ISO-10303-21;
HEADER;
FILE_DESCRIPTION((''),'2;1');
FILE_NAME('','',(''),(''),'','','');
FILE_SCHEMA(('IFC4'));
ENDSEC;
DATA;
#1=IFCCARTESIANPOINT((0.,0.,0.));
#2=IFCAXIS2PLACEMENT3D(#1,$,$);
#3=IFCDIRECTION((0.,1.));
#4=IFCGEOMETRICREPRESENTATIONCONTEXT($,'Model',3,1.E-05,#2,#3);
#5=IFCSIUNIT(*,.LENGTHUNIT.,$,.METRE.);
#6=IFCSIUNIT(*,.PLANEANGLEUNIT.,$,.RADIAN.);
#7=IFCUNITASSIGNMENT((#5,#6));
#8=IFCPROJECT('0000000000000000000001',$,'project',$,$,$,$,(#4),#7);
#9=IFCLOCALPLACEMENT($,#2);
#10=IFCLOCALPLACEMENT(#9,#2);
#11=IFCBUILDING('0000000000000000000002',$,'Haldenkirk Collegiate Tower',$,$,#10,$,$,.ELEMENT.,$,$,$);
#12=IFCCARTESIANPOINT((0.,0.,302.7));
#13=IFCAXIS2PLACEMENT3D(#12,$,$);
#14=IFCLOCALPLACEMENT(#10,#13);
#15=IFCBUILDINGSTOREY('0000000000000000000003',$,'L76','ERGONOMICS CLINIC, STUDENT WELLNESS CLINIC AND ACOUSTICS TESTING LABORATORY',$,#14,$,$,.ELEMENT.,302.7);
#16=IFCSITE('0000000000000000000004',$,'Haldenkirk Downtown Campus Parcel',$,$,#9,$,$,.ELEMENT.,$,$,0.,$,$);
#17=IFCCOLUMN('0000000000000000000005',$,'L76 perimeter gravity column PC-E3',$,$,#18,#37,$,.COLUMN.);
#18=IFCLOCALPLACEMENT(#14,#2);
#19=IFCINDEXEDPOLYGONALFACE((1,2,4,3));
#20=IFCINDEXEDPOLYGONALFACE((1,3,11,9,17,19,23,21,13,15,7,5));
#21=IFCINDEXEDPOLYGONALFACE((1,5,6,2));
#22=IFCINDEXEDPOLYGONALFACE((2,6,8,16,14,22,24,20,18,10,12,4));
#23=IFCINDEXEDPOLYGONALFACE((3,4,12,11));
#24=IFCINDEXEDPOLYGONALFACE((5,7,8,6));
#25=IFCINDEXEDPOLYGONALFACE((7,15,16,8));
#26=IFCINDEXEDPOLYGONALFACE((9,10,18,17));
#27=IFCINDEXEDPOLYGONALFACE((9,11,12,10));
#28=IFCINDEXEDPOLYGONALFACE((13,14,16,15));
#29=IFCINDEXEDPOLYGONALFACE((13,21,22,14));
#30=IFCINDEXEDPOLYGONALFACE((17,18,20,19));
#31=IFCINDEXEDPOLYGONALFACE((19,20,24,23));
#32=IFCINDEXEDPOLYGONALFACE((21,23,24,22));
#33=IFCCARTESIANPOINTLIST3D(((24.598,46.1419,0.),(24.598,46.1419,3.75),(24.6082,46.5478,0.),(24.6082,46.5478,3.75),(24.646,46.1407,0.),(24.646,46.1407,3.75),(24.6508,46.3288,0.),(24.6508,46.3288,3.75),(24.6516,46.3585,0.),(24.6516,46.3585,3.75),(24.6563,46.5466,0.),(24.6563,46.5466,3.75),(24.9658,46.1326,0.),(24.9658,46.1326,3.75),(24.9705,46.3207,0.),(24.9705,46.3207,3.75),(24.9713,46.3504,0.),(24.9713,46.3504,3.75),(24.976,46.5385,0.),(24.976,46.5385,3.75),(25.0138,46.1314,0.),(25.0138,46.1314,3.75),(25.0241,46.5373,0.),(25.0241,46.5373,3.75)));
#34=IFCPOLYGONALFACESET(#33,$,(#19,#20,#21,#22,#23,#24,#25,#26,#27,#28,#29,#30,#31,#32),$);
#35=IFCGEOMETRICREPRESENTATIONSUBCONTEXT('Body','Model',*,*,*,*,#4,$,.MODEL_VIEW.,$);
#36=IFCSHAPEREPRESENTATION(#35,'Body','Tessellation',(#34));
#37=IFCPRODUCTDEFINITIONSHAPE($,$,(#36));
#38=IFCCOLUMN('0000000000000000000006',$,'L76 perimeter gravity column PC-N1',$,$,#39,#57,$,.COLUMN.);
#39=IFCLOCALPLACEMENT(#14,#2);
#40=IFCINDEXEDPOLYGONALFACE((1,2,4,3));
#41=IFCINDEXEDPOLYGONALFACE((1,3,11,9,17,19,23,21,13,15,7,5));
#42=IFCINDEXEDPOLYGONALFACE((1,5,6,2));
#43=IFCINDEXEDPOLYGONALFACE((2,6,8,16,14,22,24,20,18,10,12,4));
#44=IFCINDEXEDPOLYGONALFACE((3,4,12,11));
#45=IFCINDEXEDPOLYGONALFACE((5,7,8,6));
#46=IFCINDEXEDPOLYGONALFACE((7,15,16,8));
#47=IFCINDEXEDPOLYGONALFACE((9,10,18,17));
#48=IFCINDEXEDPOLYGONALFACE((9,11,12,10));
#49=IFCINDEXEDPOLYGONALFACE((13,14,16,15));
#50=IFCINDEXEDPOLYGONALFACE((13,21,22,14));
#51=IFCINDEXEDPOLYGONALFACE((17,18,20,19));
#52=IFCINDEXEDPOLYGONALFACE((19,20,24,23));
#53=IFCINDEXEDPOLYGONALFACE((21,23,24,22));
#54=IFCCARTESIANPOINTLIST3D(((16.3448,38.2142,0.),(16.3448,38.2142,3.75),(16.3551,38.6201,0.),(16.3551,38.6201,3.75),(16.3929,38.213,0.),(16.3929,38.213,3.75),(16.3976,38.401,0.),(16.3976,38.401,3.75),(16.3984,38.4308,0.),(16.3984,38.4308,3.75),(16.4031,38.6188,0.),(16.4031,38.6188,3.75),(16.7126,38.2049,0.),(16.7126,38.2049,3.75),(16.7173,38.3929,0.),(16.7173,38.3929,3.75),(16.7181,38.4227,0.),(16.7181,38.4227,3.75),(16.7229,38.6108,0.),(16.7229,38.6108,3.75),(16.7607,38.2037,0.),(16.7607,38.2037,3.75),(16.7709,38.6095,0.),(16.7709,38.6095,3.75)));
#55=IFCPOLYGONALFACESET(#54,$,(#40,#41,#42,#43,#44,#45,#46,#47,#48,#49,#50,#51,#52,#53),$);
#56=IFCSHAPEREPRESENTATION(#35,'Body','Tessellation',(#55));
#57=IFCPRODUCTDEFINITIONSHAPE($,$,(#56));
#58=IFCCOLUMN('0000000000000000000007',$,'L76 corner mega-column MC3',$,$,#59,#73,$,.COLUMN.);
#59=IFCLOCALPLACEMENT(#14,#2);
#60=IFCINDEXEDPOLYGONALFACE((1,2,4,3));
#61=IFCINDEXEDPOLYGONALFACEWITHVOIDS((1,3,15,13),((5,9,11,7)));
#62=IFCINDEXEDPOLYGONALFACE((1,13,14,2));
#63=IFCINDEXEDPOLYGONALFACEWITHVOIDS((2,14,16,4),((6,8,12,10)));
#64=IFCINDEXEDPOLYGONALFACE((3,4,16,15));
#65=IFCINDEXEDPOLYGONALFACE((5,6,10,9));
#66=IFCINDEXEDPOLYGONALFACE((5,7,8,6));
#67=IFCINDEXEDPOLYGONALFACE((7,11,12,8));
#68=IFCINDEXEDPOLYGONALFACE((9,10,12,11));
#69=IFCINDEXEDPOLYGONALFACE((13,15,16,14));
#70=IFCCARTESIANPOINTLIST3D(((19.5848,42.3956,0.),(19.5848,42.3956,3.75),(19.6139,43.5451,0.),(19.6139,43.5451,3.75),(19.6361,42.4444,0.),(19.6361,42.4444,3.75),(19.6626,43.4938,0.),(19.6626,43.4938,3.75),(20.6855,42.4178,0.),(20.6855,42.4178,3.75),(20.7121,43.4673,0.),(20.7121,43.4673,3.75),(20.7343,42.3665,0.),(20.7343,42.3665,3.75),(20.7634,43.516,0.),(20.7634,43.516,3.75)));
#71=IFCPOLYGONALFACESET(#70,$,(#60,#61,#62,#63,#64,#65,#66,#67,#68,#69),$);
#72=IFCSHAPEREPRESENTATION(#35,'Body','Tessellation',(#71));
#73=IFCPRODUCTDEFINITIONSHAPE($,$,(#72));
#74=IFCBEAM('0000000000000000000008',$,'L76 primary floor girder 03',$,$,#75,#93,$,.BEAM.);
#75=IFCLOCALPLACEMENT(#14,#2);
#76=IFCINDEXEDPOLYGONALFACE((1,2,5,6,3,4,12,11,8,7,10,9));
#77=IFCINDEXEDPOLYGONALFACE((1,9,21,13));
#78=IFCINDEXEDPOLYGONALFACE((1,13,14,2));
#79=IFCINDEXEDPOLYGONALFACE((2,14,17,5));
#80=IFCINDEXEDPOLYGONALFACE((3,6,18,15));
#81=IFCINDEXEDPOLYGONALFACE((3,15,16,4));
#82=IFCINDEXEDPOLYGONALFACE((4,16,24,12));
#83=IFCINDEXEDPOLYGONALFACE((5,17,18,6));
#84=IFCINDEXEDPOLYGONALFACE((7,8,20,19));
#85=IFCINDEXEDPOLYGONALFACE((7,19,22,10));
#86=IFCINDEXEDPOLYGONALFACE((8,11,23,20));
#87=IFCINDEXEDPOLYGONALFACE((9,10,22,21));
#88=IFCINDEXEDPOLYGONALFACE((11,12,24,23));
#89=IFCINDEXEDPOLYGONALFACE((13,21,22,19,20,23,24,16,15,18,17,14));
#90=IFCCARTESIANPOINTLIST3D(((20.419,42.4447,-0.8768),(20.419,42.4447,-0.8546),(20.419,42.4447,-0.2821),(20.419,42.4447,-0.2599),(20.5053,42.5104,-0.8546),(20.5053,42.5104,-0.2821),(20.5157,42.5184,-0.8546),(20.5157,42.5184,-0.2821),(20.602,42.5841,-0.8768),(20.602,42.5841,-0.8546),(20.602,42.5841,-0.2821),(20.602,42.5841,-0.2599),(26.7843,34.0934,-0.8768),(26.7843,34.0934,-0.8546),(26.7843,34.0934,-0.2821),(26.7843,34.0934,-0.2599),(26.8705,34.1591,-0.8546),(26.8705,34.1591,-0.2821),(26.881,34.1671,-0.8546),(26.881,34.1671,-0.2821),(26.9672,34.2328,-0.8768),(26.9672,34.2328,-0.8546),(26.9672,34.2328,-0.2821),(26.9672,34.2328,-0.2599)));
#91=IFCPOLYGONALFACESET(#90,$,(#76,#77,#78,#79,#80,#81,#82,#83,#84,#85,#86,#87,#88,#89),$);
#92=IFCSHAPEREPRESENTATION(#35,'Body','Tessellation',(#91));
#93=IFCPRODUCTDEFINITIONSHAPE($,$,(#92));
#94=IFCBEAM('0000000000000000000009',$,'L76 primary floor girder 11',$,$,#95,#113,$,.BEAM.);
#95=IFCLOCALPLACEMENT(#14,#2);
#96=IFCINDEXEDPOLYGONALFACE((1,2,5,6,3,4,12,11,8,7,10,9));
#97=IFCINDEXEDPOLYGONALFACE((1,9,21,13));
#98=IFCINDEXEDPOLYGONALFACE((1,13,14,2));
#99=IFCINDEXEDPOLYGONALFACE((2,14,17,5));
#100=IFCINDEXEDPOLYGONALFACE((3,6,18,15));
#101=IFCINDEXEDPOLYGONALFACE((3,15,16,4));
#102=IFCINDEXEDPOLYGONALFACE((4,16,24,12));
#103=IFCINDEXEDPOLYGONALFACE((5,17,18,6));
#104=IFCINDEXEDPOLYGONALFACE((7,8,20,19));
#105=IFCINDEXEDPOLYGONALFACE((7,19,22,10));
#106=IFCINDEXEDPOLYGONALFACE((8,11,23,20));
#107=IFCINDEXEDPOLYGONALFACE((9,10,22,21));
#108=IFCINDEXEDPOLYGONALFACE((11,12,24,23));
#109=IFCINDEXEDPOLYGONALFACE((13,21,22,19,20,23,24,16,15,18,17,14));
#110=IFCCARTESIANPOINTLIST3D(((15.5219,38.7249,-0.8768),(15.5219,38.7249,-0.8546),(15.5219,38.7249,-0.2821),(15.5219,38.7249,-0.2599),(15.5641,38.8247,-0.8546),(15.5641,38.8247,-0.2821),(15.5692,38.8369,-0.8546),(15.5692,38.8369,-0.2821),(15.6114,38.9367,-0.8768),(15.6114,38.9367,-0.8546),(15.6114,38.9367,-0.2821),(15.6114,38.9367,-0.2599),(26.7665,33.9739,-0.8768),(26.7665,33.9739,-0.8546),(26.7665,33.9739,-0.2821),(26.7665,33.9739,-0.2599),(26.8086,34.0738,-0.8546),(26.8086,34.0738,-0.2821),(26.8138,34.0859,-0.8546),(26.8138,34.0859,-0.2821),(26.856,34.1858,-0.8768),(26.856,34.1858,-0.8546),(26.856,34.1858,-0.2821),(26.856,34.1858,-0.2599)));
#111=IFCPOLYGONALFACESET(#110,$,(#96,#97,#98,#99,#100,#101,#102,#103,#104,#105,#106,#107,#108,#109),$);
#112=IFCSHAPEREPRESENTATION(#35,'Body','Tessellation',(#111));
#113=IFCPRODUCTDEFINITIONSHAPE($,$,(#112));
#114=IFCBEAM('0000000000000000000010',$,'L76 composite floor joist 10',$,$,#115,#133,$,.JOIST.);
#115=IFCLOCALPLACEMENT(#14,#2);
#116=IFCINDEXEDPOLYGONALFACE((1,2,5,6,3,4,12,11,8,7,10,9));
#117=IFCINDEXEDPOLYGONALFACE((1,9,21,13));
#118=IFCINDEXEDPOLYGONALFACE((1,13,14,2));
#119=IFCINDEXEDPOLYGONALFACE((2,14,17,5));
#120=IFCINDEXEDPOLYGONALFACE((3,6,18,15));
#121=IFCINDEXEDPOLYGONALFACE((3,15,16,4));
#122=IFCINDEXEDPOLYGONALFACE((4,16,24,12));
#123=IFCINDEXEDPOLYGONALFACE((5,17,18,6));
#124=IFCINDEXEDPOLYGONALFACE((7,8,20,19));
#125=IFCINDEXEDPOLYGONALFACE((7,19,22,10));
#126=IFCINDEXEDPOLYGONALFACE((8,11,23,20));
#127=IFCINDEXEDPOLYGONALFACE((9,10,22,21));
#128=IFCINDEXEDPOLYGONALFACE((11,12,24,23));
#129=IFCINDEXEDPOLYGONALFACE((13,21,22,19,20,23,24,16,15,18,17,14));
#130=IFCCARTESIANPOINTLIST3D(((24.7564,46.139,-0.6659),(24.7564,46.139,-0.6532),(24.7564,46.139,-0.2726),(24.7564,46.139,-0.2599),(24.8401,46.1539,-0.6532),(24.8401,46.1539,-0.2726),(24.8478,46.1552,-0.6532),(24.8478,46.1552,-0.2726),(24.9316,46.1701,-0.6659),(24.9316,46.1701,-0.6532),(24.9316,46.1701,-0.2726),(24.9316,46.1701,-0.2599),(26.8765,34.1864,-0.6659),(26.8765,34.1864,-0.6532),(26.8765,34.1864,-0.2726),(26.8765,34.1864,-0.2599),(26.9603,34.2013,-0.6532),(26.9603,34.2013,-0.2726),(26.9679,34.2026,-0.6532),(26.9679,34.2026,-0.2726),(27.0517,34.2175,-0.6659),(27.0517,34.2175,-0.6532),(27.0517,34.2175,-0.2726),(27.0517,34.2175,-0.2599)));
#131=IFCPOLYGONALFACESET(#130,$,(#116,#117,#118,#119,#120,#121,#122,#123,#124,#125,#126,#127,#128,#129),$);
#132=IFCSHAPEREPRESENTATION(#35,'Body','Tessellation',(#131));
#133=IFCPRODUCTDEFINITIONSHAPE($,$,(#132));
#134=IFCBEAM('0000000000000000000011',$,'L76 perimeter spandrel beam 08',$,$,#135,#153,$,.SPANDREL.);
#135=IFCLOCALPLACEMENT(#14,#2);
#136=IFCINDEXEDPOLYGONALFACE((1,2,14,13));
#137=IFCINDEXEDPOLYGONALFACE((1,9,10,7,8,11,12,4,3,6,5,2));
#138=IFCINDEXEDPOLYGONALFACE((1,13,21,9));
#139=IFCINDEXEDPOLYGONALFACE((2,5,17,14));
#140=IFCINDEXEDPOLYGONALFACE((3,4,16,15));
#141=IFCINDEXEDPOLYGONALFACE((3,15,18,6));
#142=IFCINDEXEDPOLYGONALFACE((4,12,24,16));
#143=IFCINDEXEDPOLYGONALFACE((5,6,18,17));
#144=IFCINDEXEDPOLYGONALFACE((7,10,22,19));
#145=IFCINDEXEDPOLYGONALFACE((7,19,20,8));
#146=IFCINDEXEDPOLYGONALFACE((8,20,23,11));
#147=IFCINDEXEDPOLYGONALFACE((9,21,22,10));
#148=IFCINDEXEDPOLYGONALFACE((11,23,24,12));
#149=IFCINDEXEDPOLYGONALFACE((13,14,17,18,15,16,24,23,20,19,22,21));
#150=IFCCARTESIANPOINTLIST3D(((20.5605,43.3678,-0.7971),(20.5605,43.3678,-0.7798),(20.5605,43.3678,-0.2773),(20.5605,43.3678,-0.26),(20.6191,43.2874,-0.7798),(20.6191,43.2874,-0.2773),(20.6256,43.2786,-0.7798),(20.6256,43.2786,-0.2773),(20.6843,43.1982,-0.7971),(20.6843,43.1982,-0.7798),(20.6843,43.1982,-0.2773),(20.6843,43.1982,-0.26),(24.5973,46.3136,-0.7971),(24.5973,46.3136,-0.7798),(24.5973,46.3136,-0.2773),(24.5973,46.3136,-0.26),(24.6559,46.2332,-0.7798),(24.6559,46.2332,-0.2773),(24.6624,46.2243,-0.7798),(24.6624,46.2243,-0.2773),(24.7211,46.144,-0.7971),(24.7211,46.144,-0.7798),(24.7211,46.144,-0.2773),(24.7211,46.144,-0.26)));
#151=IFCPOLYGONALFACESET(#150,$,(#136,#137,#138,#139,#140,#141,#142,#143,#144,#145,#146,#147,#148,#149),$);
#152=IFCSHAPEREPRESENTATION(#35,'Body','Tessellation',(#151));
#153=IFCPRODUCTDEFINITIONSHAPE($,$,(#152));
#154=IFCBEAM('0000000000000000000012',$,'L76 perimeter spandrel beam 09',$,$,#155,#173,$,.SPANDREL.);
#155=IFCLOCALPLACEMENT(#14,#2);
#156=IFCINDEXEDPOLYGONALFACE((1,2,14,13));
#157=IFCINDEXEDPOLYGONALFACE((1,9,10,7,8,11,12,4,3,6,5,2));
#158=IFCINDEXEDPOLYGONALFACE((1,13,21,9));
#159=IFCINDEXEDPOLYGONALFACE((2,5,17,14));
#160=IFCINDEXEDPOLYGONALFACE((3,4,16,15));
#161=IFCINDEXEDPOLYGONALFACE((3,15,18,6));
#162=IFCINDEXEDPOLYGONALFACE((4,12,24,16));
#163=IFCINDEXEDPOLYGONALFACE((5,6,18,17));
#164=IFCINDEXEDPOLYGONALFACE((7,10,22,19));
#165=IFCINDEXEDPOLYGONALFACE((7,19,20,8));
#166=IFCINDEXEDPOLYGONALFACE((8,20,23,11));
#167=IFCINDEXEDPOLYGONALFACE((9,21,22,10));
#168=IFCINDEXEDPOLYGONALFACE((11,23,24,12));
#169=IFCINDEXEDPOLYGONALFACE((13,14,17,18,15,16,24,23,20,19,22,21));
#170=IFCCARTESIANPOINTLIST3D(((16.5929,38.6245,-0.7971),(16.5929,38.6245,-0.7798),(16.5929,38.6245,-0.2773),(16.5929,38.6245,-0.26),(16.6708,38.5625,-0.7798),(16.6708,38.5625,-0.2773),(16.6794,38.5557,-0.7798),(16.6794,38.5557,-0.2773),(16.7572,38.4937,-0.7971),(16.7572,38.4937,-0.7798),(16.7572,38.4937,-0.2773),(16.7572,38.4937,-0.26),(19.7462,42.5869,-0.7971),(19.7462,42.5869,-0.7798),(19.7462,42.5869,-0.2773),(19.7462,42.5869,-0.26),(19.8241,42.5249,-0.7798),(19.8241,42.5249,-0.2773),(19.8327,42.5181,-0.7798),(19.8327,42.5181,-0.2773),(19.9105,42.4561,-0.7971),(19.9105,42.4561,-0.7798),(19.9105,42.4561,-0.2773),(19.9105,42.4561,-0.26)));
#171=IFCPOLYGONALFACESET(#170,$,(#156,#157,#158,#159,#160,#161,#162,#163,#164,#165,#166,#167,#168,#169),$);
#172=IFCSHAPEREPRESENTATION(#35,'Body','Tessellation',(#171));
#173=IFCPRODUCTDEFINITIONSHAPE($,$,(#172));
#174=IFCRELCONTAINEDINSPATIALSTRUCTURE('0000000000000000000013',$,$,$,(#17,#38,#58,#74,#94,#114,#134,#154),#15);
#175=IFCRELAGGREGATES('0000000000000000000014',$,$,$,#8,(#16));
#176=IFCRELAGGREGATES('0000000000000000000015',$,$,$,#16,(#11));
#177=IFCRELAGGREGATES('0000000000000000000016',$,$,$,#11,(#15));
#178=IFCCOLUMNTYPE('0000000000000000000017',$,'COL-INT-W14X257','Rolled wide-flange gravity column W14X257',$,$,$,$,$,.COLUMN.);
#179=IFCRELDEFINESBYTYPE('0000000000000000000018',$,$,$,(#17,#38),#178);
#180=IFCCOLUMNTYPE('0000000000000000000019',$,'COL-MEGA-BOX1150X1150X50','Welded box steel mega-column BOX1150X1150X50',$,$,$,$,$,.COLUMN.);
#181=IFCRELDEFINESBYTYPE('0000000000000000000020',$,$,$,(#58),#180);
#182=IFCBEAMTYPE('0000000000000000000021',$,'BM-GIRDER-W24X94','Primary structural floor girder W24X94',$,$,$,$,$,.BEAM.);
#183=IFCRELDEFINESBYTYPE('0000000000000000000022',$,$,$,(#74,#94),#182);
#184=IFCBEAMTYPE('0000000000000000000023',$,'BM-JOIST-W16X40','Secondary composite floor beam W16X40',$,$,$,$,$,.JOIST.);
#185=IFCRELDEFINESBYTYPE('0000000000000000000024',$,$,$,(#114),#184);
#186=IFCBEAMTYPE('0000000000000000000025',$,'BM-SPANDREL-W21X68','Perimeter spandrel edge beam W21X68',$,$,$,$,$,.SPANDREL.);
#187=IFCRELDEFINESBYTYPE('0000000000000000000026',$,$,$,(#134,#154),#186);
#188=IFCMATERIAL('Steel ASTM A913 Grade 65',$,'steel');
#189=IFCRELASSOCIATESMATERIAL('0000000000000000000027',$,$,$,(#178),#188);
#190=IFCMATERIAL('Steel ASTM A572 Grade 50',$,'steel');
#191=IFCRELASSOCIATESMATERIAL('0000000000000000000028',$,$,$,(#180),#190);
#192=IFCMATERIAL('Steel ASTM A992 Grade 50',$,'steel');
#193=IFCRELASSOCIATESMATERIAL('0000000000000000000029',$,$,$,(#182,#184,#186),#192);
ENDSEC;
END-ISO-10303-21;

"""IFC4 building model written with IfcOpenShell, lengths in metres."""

from ifc_helpers import new_model, si_unit, direction, frame, origin, origin_2d, place, context, subcontext, project, spatial, hollow_rectangle, i_section, extrude, material, material_profile, profile_set, type_object, element, save


model = new_model("IFC4")

# Units and contexts
model_context = context("Model", 3, precision=1e-05, world=origin(), true_north=direction((0.0, 1.0)))
body_context = subcontext(model_context, "Body", "Model", "MODEL_VIEW")
ifc_project = project(units=[si_unit("LENGTHUNIT", "METRE"), si_unit("PLANEANGLEUNIT", "RADIAN")], contexts=[model_context])

# Site, building, storey
site_placement = place(None, origin())
site = spatial("IfcSite", under=ifc_project, at=site_placement, Name="Haldenkirk Downtown Campus Parcel", CompositionType="ELEMENT", RefElevation=0.0)
building_placement = place(site_placement, origin())
building = spatial("IfcBuilding", under=site, at=building_placement, Name="Haldenkirk Collegiate Tower", CompositionType="ELEMENT")
storey_placement = place(building_placement, frame((0.0, 0.0, 302.7)))
storey = spatial("IfcBuildingStorey", under=building, at=storey_placement, Name="L76", Description="ERGONOMICS CLINIC, STUDENT WELLNESS CLINIC AND ACOUSTICS TESTING LABORATORY", CompositionType="ELEMENT", Elevation=302.7)

# Columns
ifc_material_1 = material(Name="Steel ASTM A913 Grade 65", Category="steel")
ifc_material_profile_1 = material_profile(ifc_material_1, i_section(OverallWidth=0.406, OverallDepth=0.416, WebThickness=0.0298, FlangeThickness=0.0481, at=origin_2d()), Name="W14X257")
ifc_profile_set_1 = profile_set([ifc_material_profile_1], Name="Steel ASTM A913 Grade 65")
column_type_1 = type_object("IfcColumnType", Name="COL-INT-W14X257", Description="Rolled wide-flange gravity column W14X257", PredefinedType="COLUMN", material=ifc_profile_set_1)
for number, where, z_axis, x_axis, name in (
    (1, (24.811, 46.3396, 0.0), (0.0, 0.0, 1.0), (0.025305, 0.99968, 0.0), "L76 perimeter gravity column PC-E3"),
    (2, (16.5579, 38.4119, 0.0), (0.0, 0.0, 1.0), (0.025305, 0.99968, 0.0), "L76 perimeter gravity column PC-N1"),
):
    element("IfcColumn", number, at=place(storey_placement, frame(where, z_axis=z_axis, x_axis=x_axis)), inside=storey, type_object=column_type_1, Name=name, PredefinedType="COLUMN", context=body_context, shape_type="SweptSolid", body=[
        extrude(i_section(OverallWidth=0.406, OverallDepth=0.416, WebThickness=0.0298, FlangeThickness=0.0481, at=origin_2d()), origin(), (0.0, 0.0, 1.0), 3.75),
    ])
ifc_material_2 = material(Name="Steel ASTM A572 Grade 50", Category="steel")
ifc_material_profile_2 = material_profile(ifc_material_2, hollow_rectangle(XDim=1.1499, YDim=1.1499, WallThickness=0.05, at=origin_2d()), Name="BOX1150X1150X50")
ifc_profile_set_2 = profile_set([ifc_material_profile_2], Name="Steel ASTM A572 Grade 50")
column_type_2 = type_object("IfcColumnType", Name="COL-MEGA-BOX1150X1150X50", Description="Welded box steel mega-column BOX1150X1150X50", PredefinedType="COLUMN", material=ifc_profile_set_2)
column_placement = place(storey_placement, frame((20.1741, 42.9558, 0.0), z_axis=(0.0, 0.0, 1.0), x_axis=(0.025305, 0.99968, 0.0)))
element("IfcColumn", 3, at=column_placement, inside=storey, type_object=column_type_2, Name="L76 corner mega-column MC3", PredefinedType="COLUMN", context=body_context, shape_type="SweptSolid", body=[
    extrude(hollow_rectangle(XDim=1.1499, YDim=1.1499, WallThickness=0.05, at=origin_2d()), origin(), (0.0, 0.0, 1.0), 3.75),
])

# Beams
ifc_material_3 = material(Name="Steel ASTM A992 Grade 50", Category="steel")
ifc_material_profile_3 = material_profile(ifc_material_3, i_section(OverallWidth=0.23, OverallDepth=0.6169, WebThickness=0.0132, FlangeThickness=0.0222, at=origin_2d()), Name="W24X94")
ifc_profile_set_3 = profile_set([ifc_material_profile_3], Name="Steel ASTM A992 Grade 50")
beam_type_1 = type_object("IfcBeamType", Name="BM-GIRDER-W24X94", Description="Primary structural floor girder W24X94", PredefinedType="BEAM", material=ifc_profile_set_3)
beam_1_placement = place(storey_placement, frame((20.5105, 42.5144, -0.5684), z_axis=(0.606183, -0.795325, 0.0), x_axis=(0.795325, 0.606183, 0.0)))
element("IfcBeam", 4, at=beam_1_placement, inside=storey, type_object=beam_type_1, Name="L76 primary floor girder 03", PredefinedType="BEAM", context=body_context, shape_type="SweptSolid", body=[
    extrude(i_section(OverallWidth=0.23, OverallDepth=0.6169, WebThickness=0.0132, FlangeThickness=0.0222, at=origin_2d()), origin(), (0.0, 0.0, 1.0), 10.5005),
])
beam_2_placement = place(storey_placement, frame((15.5667, 38.8308, -0.5684), z_axis=(0.921154, -0.389198, 0.0), x_axis=(0.389198, 0.921154, 0.0)))
element("IfcBeam", 5, at=beam_2_placement, inside=storey, type_object=beam_type_1, Name="L76 primary floor girder 11", PredefinedType="BEAM", context=body_context, shape_type="SweptSolid", body=[
    extrude(i_section(OverallWidth=0.23, OverallDepth=0.6169, WebThickness=0.0132, FlangeThickness=0.0222, at=origin_2d()), origin(), (0.0, 0.0, 1.0), 12.207),
])
ifc_material_profile_4 = material_profile(ifc_material_3, i_section(OverallWidth=0.178, OverallDepth=0.406, WebThickness=0.0078, FlangeThickness=0.0127, at=origin_2d()), Name="W16X40")
ifc_profile_set_4 = profile_set([ifc_material_profile_4], Name="Steel ASTM A992 Grade 50")
beam_type_2 = type_object("IfcBeamType", Name="BM-JOIST-W16X40", Description="Secondary composite floor beam W16X40", PredefinedType="JOIST", material=ifc_profile_set_4)
beam_3_placement = place(storey_placement, frame((24.844, 46.1545, -0.4629), z_axis=(0.17465, -0.984631, 0.0), x_axis=(0.984631, 0.17465, 0.0)))
element("IfcBeam", 6, at=beam_3_placement, inside=storey, type_object=beam_type_2, Name="L76 composite floor joist 10", PredefinedType="JOIST", context=body_context, shape_type="SweptSolid", body=[
    extrude(i_section(OverallWidth=0.178, OverallDepth=0.406, WebThickness=0.0078, FlangeThickness=0.0127, at=origin_2d()), origin(), (0.0, 0.0, 1.0), 12.1392),
])
ifc_material_profile_5 = material_profile(ifc_material_3, i_section(OverallWidth=0.21, OverallDepth=0.5371, WebThickness=0.011, FlangeThickness=0.0173, at=origin_2d()), Name="W21X68")
ifc_profile_set_5 = profile_set([ifc_material_profile_5], Name="Steel ASTM A992 Grade 50")
beam_type_3 = type_object("IfcBeamType", Name="BM-SPANDREL-W21X68", Description="Perimeter spandrel edge beam W21X68", PredefinedType="SPANDREL", material=ifc_profile_set_5)
beam_4_placement = place(storey_placement, frame((24.6592, 46.2288, -0.5286), z_axis=(-0.807793, -0.589466, 0.0), x_axis=(0.589466, -0.807793, 0.0)))
element("IfcBeam", 7, at=beam_4_placement, inside=storey, type_object=beam_type_3, Name="L76 perimeter spandrel beam 08", PredefinedType="SPANDREL", context=body_context, shape_type="SweptSolid", body=[
    extrude(i_section(OverallWidth=0.21, OverallDepth=0.5371, WebThickness=0.011, FlangeThickness=0.0173, at=origin_2d()), origin(), (0.0, 0.0, 1.0), 4.9973),
])
beam_5_placement = place(storey_placement, frame((19.8284, 42.5215, -0.5286), z_axis=(-0.622694, -0.782465, 0.0), x_axis=(0.782465, -0.622694, 0.0)))
element("IfcBeam", 8, at=beam_5_placement, inside=storey, type_object=beam_type_3, Name="L76 perimeter spandrel beam 09", PredefinedType="SPANDREL", context=body_context, shape_type="SweptSolid", body=[
    extrude(i_section(OverallWidth=0.21, OverallDepth=0.5371, WebThickness=0.011, FlangeThickness=0.0173, at=origin_2d()), origin(), (0.0, 0.0, 1.0), 5.064),
])

save(model, "model.ifc")
